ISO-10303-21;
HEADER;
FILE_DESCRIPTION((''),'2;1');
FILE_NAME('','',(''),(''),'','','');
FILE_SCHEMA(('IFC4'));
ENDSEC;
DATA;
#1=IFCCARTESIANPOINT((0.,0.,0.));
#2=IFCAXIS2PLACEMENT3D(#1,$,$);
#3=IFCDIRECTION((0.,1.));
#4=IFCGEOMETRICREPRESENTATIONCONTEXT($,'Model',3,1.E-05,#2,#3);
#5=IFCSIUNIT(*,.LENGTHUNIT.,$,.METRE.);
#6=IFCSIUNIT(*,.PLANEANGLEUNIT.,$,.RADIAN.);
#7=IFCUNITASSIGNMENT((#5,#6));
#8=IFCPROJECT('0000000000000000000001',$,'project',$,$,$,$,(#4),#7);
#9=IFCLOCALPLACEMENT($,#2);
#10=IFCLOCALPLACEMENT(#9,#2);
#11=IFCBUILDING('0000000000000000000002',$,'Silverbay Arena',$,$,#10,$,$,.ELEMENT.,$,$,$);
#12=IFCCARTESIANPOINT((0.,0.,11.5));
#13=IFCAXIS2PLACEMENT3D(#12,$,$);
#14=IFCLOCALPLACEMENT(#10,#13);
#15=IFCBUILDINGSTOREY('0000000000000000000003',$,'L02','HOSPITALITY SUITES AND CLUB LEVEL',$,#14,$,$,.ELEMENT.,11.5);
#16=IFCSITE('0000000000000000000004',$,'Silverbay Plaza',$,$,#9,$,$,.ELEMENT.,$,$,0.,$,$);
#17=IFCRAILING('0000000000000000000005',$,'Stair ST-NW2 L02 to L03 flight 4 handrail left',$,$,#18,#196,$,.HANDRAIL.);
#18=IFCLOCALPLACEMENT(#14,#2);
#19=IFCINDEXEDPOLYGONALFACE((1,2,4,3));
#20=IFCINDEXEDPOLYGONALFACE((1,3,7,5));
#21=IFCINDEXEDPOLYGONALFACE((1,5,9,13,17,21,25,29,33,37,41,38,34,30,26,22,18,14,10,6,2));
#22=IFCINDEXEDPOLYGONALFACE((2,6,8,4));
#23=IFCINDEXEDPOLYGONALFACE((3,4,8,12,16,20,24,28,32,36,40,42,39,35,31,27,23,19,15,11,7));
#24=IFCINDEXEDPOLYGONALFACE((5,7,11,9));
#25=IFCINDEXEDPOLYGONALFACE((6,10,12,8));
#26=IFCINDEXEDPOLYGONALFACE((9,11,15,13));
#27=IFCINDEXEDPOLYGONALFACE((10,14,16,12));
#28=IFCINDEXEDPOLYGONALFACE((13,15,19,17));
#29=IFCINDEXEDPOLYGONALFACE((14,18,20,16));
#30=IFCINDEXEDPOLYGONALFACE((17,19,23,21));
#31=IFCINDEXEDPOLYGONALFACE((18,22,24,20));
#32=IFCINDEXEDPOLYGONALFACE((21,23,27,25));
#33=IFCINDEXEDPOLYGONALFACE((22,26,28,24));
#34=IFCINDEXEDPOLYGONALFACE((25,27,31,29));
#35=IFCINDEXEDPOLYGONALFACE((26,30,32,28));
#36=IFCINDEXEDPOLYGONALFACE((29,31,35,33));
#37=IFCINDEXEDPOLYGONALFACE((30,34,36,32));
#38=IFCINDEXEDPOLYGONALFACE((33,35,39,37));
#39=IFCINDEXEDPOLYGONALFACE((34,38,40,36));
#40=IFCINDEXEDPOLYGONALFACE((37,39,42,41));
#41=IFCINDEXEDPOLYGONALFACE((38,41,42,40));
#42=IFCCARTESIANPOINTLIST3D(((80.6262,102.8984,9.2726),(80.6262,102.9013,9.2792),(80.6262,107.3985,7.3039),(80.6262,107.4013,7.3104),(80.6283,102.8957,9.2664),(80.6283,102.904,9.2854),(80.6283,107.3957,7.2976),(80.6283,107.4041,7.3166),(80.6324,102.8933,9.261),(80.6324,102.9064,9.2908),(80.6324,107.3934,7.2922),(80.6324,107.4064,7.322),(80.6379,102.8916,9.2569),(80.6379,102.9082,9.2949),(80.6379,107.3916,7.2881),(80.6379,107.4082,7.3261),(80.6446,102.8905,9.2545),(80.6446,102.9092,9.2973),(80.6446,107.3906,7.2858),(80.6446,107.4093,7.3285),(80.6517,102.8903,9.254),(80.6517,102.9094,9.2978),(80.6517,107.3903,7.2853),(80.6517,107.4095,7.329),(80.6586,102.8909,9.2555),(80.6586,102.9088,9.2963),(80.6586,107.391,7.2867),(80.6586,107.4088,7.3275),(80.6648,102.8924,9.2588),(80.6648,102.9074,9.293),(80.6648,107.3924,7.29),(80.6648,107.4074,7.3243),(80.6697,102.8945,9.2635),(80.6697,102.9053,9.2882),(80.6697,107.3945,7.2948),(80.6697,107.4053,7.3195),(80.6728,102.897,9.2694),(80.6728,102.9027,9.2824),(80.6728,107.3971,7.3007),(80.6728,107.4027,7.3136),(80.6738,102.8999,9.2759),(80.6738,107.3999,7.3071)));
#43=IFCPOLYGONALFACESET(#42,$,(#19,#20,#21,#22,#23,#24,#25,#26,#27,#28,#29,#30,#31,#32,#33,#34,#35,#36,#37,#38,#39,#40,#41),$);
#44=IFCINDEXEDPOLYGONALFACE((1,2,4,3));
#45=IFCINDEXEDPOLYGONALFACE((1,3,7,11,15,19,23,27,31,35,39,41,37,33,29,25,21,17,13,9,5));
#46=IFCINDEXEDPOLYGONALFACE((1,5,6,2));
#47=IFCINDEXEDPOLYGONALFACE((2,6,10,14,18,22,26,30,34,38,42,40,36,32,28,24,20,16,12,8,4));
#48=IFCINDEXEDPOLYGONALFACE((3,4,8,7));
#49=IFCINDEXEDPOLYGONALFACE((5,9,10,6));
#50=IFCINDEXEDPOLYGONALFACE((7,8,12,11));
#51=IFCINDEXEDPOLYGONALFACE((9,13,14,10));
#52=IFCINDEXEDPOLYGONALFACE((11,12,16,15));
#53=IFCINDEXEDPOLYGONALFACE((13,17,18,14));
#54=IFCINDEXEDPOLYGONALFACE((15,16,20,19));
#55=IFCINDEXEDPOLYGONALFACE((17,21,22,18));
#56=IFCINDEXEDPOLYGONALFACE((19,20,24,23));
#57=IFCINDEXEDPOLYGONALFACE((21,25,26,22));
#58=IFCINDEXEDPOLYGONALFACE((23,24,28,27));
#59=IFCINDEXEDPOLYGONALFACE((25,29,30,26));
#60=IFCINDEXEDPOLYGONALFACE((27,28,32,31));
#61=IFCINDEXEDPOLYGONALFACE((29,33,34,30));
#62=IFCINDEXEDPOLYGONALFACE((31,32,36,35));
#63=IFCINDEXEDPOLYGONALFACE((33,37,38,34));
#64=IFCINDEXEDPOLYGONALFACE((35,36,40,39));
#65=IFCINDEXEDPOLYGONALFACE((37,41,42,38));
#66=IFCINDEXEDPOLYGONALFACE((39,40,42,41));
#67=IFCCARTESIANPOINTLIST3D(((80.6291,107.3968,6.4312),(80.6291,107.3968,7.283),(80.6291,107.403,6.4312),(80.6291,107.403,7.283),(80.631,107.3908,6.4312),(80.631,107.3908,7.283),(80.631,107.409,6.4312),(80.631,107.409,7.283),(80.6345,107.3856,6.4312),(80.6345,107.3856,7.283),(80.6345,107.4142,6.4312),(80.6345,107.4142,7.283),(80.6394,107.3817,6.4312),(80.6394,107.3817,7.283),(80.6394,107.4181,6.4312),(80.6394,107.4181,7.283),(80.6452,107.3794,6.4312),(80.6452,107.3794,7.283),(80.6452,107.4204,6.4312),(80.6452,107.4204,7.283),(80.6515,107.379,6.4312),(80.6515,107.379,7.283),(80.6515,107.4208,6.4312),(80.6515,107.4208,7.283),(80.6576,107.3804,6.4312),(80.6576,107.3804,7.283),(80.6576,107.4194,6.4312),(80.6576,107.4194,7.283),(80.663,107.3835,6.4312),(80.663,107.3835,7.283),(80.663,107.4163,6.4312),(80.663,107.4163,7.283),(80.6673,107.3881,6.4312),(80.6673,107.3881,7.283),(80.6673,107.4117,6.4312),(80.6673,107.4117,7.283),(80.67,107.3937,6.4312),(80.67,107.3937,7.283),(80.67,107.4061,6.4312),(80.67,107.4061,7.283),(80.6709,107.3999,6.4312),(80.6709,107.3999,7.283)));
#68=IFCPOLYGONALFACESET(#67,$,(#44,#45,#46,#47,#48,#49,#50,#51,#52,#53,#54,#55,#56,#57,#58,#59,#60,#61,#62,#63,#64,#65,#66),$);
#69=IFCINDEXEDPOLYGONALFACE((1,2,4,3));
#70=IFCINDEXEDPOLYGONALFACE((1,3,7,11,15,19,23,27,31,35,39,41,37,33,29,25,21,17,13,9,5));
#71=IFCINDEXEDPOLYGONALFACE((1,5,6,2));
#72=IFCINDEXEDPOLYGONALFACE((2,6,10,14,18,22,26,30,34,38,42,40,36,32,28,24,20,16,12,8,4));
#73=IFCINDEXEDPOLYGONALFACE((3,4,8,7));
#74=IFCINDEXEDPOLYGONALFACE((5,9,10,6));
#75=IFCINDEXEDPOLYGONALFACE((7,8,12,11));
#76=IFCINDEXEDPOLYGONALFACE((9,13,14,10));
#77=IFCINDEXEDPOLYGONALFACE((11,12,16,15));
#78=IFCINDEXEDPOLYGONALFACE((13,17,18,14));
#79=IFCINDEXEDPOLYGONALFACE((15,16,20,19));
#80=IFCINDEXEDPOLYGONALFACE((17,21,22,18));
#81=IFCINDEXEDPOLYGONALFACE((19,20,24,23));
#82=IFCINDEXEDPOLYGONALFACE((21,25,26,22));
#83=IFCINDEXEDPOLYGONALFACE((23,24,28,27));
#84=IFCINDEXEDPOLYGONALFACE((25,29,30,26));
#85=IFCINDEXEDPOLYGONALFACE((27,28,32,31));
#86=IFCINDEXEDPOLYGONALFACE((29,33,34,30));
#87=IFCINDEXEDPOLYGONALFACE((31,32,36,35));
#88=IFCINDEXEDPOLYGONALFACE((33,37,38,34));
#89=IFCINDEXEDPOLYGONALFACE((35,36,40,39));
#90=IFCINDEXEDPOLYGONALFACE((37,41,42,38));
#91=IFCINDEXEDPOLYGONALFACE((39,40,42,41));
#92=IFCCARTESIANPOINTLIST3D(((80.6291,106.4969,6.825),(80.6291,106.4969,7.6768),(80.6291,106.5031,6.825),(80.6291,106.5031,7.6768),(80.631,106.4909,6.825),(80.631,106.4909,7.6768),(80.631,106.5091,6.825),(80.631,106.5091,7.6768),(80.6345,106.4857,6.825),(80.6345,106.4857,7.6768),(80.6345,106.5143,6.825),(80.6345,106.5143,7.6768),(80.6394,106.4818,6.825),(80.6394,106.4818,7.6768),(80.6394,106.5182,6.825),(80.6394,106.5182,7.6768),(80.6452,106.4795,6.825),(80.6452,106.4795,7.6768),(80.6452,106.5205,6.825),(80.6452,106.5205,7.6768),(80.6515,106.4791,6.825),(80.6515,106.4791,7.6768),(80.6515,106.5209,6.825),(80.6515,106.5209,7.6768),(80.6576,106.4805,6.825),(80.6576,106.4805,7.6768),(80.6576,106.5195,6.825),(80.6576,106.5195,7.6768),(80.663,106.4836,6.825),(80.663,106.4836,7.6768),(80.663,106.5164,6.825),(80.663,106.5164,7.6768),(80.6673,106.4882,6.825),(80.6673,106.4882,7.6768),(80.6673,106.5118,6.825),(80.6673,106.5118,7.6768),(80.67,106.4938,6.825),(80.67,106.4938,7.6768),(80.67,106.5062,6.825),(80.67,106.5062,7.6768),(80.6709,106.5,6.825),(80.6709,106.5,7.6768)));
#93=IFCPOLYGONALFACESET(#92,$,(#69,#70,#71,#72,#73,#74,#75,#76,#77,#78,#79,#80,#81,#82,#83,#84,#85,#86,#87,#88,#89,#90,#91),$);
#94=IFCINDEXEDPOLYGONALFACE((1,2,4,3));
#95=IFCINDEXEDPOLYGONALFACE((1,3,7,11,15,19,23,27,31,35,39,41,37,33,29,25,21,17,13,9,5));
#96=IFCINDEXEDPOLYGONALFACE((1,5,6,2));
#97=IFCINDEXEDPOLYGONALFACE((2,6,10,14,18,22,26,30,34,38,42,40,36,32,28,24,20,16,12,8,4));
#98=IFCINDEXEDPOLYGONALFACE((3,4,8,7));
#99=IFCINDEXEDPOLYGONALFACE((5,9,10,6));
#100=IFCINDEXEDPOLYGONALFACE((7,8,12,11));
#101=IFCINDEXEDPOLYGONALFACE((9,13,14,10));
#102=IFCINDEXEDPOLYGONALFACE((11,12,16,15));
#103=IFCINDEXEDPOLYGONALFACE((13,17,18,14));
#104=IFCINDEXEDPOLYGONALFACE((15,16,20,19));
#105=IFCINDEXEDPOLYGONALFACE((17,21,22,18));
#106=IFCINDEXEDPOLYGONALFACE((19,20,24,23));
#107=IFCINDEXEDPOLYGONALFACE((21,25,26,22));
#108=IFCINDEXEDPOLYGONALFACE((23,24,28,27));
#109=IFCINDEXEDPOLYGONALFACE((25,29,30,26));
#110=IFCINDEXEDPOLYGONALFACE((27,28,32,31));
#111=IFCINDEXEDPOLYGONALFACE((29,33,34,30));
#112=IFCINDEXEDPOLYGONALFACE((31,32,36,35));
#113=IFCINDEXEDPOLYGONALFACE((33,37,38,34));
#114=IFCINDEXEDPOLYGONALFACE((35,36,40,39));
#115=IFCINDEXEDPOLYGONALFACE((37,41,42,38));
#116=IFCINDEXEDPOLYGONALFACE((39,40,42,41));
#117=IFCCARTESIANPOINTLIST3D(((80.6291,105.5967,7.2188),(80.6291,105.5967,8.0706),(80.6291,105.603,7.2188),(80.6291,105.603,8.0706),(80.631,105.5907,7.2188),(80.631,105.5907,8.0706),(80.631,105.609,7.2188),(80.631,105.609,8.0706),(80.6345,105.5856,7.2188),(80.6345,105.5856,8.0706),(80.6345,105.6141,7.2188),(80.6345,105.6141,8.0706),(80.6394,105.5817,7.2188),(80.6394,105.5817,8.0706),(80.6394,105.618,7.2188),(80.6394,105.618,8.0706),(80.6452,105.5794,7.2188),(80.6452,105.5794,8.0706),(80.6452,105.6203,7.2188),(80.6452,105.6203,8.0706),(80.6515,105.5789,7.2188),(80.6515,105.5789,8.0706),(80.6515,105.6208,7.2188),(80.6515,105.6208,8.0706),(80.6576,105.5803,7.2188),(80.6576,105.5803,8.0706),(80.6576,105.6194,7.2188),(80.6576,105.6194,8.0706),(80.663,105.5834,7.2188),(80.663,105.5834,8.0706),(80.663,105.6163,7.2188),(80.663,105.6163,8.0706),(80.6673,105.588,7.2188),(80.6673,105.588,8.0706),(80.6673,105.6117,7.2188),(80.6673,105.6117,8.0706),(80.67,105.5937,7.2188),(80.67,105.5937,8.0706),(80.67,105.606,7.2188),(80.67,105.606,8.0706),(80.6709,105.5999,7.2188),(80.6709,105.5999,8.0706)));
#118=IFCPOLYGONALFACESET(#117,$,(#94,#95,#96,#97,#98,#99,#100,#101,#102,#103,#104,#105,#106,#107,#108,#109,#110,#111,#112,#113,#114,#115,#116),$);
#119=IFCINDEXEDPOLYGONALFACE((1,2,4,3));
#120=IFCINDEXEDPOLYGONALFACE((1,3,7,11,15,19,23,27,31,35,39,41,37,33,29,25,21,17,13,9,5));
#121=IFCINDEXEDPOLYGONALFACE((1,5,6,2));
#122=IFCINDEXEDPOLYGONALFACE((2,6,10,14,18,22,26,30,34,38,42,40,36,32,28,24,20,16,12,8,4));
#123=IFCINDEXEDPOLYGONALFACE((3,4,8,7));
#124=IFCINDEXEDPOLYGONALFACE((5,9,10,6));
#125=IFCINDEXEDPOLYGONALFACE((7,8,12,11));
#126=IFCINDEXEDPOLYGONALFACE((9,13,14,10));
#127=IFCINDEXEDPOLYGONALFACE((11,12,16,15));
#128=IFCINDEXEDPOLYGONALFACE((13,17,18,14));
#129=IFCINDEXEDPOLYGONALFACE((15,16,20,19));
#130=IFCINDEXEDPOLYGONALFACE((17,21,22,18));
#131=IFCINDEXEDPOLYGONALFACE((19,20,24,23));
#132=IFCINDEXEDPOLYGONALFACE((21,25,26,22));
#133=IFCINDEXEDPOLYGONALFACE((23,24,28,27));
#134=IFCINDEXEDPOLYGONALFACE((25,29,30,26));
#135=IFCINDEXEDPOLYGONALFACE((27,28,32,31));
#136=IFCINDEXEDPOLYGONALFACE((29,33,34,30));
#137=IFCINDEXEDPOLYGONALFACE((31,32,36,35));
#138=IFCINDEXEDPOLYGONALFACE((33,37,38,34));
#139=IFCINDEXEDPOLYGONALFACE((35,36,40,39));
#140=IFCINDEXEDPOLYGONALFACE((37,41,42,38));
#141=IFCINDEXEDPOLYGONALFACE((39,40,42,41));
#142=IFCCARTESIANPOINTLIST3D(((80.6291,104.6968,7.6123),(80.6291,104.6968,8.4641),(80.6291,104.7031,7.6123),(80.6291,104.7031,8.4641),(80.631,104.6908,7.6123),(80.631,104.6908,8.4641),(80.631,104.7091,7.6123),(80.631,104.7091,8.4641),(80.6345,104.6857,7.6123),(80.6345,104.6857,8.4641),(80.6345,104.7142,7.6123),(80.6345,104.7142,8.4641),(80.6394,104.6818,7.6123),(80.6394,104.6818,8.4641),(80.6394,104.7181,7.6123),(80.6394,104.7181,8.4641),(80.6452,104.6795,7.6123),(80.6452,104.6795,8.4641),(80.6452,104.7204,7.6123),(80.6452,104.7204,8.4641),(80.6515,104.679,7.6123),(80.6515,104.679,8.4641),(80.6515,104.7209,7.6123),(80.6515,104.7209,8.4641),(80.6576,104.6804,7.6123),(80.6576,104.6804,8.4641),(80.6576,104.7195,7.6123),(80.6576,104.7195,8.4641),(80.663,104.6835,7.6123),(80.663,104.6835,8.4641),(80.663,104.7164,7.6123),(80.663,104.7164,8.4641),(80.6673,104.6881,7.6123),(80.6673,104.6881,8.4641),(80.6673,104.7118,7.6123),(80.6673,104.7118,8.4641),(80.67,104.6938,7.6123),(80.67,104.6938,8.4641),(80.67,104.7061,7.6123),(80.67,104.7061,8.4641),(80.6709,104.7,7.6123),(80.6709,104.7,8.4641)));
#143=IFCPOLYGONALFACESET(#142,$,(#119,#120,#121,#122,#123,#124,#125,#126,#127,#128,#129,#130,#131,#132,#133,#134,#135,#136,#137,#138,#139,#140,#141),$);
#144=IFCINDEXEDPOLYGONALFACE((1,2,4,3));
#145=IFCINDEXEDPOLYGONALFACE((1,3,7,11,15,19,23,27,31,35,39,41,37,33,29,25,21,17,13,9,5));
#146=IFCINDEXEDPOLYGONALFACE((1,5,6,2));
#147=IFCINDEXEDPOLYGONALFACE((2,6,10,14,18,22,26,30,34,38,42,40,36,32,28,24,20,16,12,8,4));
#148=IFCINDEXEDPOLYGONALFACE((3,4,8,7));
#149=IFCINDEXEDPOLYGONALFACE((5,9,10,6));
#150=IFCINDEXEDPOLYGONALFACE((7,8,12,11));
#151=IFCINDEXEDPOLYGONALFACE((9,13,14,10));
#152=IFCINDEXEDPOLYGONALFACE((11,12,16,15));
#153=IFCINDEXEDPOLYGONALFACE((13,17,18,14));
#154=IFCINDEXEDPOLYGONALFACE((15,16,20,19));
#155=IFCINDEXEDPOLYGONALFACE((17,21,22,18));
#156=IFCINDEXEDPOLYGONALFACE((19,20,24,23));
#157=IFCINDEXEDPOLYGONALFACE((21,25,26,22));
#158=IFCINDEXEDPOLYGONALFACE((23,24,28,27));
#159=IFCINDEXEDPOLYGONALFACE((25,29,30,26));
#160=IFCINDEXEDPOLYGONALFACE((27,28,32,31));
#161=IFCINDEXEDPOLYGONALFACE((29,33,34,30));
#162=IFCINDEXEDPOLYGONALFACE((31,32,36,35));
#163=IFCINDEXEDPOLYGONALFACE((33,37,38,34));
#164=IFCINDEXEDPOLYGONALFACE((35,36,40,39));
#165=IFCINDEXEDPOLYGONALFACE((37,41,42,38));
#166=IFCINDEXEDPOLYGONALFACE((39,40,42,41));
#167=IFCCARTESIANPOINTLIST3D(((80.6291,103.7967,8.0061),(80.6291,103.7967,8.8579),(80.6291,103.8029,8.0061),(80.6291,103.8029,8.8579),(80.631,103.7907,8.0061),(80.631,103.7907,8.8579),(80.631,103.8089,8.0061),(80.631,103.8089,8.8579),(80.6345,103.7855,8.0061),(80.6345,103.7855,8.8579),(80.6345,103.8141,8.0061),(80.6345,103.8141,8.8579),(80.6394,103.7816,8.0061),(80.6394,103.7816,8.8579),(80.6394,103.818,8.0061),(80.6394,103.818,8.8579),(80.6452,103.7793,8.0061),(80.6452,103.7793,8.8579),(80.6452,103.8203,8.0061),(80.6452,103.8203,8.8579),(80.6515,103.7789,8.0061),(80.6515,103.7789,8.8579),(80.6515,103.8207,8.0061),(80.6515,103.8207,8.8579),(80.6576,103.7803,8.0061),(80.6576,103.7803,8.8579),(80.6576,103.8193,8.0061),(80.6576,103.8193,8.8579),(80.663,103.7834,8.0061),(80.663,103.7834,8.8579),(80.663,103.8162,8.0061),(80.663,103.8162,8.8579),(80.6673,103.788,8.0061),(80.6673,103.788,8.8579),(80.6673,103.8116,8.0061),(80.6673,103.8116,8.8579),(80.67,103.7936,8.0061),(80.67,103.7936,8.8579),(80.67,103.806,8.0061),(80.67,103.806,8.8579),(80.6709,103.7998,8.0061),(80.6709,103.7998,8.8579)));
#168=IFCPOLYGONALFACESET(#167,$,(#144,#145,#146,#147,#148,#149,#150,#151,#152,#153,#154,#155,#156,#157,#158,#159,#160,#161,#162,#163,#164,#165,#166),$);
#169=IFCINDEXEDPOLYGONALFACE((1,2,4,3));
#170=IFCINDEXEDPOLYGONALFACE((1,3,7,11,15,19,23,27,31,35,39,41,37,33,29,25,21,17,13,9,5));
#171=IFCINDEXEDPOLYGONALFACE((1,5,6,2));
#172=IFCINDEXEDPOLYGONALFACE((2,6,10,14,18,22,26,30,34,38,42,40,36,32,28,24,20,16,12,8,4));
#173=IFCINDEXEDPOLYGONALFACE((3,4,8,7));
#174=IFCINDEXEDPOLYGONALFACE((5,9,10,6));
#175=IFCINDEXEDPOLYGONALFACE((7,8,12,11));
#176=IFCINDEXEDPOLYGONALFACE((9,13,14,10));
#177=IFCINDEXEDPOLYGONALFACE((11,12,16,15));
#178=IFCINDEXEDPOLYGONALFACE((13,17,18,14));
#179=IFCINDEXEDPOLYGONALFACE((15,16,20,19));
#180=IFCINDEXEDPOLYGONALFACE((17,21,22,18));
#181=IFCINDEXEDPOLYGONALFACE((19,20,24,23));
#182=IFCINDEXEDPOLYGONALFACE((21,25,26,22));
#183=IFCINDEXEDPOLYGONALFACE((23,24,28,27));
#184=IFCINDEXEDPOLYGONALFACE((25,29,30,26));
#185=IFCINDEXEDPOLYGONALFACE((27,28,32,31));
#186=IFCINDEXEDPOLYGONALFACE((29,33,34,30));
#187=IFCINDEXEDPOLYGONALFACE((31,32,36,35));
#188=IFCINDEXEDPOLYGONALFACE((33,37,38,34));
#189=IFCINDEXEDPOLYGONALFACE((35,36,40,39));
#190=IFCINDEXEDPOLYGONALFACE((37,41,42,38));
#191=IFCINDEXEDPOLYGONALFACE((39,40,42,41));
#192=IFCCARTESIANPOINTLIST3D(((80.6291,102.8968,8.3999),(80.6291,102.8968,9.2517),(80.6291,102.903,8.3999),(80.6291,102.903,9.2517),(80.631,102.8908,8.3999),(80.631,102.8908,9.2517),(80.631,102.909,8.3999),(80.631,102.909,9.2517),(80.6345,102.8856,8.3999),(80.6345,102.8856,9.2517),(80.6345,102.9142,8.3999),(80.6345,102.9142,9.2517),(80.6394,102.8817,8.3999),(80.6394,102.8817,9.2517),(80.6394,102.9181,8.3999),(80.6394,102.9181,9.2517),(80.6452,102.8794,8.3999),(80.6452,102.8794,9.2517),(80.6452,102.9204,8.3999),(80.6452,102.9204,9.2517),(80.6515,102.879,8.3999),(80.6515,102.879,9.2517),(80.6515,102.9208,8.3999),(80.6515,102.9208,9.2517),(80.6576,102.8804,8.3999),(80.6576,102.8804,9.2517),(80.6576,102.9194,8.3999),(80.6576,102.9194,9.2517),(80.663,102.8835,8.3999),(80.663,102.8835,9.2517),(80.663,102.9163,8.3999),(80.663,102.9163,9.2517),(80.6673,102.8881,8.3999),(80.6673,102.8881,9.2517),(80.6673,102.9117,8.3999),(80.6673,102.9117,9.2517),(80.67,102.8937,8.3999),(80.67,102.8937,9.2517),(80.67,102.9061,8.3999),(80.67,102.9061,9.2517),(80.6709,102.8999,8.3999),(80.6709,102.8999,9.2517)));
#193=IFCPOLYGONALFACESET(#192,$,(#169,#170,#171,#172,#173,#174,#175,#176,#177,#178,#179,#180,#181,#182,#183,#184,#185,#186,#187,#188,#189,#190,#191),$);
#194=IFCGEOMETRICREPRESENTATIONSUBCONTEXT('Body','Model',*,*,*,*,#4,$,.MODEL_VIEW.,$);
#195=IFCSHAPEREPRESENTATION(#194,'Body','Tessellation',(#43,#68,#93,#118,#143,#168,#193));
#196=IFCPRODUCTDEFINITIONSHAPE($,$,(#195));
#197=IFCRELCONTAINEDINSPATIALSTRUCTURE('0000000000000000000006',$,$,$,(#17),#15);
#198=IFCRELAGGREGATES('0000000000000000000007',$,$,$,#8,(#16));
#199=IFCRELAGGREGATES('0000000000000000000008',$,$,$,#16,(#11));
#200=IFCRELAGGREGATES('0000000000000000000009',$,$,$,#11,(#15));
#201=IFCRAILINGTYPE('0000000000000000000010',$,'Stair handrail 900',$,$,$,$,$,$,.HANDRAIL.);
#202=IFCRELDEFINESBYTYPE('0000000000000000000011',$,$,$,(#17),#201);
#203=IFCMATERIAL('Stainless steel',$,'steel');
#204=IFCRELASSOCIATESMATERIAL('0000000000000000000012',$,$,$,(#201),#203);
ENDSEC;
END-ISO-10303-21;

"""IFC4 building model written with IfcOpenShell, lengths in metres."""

from ifc_helpers import new_model, si_unit, direction, frame, origin, origin_2d, place, context, subcontext, project, spatial, circle, extrude, material, type_object, element, save


model = new_model("IFC4")

# Units and contexts
model_context = context("Model", 3, precision=1e-05, world=origin(), true_north=direction((0.0, 1.0)))
body_context = subcontext(model_context, "Body", "Model", "MODEL_VIEW")
ifc_project = project(units=[si_unit("LENGTHUNIT", "METRE"), si_unit("PLANEANGLEUNIT", "RADIAN")], contexts=[model_context])

# Site, building, storey
site_placement = place(None, origin())
site = spatial("IfcSite", under=ifc_project, at=site_placement, Name="Silverbay Plaza", CompositionType="ELEMENT", RefElevation=0.0)
building_placement = place(site_placement, origin())
building = spatial("IfcBuilding", under=site, at=building_placement, Name="Silverbay Arena", CompositionType="ELEMENT")
storey_placement = place(building_placement, frame((0.0, 0.0, 11.5)))
storey = spatial("IfcBuildingStorey", under=building, at=storey_placement, Name="L02", Description="HOSPITALITY SUITES AND CLUB LEVEL", CompositionType="ELEMENT", Elevation=11.5)

# Railing
ifc_material_1 = material(Name="Stainless steel", Category="steel")
railing_type = type_object("IfcRailingType", Name="Stair handrail 900", PredefinedType="HANDRAIL", material=ifc_material_1)
railing_1_placement = place(storey_placement, frame((80.6499, 107.3999, 6.4312)))
element("IfcRailing", 1, at=railing_1_placement, inside=storey, type_object=railing_type, Name="Stair ST-NW2 L02 to L03 flight 4 handrail left", PredefinedType="HANDRAIL", context=body_context, shape_type="SweptSolid", body=[
    extrude(circle(Radius=0.0239, at=origin_2d()), frame((0.0, 0.0, 0.876), z_axis=(0.0, -0.916157, 0.400819), x_axis=(1.0, 0.0, 0.0)), (0.0, 0.0, 1.0), 4.9119),
    extrude(circle(Radius=0.021, at=origin_2d()), origin(), (0.0, 0.0, 1.0), 0.8518),
    extrude(circle(Radius=0.021, at=origin_2d()), frame((0.0, -0.8999, 0.3938)), (0.0, 0.0, 1.0), 0.8518),
    extrude(circle(Radius=0.021, at=origin_2d()), frame((0.0, -1.8, 0.7876)), (0.0, 0.0, 1.0), 0.8518),
    extrude(circle(Radius=0.021, at=origin_2d()), frame((0.0, -2.7, 1.1812)), (0.0, 0.0, 1.0), 0.8518),
    extrude(circle(Radius=0.021, at=origin_2d()), frame((0.0, -3.6001, 1.575)), (0.0, 0.0, 1.0), 0.8518),
    extrude(circle(Radius=0.021, at=origin_2d()), frame((0.0, -4.5, 1.9688)), (0.0, 0.0, 1.0), 0.8518),
])

save(model, "model.ifc")
